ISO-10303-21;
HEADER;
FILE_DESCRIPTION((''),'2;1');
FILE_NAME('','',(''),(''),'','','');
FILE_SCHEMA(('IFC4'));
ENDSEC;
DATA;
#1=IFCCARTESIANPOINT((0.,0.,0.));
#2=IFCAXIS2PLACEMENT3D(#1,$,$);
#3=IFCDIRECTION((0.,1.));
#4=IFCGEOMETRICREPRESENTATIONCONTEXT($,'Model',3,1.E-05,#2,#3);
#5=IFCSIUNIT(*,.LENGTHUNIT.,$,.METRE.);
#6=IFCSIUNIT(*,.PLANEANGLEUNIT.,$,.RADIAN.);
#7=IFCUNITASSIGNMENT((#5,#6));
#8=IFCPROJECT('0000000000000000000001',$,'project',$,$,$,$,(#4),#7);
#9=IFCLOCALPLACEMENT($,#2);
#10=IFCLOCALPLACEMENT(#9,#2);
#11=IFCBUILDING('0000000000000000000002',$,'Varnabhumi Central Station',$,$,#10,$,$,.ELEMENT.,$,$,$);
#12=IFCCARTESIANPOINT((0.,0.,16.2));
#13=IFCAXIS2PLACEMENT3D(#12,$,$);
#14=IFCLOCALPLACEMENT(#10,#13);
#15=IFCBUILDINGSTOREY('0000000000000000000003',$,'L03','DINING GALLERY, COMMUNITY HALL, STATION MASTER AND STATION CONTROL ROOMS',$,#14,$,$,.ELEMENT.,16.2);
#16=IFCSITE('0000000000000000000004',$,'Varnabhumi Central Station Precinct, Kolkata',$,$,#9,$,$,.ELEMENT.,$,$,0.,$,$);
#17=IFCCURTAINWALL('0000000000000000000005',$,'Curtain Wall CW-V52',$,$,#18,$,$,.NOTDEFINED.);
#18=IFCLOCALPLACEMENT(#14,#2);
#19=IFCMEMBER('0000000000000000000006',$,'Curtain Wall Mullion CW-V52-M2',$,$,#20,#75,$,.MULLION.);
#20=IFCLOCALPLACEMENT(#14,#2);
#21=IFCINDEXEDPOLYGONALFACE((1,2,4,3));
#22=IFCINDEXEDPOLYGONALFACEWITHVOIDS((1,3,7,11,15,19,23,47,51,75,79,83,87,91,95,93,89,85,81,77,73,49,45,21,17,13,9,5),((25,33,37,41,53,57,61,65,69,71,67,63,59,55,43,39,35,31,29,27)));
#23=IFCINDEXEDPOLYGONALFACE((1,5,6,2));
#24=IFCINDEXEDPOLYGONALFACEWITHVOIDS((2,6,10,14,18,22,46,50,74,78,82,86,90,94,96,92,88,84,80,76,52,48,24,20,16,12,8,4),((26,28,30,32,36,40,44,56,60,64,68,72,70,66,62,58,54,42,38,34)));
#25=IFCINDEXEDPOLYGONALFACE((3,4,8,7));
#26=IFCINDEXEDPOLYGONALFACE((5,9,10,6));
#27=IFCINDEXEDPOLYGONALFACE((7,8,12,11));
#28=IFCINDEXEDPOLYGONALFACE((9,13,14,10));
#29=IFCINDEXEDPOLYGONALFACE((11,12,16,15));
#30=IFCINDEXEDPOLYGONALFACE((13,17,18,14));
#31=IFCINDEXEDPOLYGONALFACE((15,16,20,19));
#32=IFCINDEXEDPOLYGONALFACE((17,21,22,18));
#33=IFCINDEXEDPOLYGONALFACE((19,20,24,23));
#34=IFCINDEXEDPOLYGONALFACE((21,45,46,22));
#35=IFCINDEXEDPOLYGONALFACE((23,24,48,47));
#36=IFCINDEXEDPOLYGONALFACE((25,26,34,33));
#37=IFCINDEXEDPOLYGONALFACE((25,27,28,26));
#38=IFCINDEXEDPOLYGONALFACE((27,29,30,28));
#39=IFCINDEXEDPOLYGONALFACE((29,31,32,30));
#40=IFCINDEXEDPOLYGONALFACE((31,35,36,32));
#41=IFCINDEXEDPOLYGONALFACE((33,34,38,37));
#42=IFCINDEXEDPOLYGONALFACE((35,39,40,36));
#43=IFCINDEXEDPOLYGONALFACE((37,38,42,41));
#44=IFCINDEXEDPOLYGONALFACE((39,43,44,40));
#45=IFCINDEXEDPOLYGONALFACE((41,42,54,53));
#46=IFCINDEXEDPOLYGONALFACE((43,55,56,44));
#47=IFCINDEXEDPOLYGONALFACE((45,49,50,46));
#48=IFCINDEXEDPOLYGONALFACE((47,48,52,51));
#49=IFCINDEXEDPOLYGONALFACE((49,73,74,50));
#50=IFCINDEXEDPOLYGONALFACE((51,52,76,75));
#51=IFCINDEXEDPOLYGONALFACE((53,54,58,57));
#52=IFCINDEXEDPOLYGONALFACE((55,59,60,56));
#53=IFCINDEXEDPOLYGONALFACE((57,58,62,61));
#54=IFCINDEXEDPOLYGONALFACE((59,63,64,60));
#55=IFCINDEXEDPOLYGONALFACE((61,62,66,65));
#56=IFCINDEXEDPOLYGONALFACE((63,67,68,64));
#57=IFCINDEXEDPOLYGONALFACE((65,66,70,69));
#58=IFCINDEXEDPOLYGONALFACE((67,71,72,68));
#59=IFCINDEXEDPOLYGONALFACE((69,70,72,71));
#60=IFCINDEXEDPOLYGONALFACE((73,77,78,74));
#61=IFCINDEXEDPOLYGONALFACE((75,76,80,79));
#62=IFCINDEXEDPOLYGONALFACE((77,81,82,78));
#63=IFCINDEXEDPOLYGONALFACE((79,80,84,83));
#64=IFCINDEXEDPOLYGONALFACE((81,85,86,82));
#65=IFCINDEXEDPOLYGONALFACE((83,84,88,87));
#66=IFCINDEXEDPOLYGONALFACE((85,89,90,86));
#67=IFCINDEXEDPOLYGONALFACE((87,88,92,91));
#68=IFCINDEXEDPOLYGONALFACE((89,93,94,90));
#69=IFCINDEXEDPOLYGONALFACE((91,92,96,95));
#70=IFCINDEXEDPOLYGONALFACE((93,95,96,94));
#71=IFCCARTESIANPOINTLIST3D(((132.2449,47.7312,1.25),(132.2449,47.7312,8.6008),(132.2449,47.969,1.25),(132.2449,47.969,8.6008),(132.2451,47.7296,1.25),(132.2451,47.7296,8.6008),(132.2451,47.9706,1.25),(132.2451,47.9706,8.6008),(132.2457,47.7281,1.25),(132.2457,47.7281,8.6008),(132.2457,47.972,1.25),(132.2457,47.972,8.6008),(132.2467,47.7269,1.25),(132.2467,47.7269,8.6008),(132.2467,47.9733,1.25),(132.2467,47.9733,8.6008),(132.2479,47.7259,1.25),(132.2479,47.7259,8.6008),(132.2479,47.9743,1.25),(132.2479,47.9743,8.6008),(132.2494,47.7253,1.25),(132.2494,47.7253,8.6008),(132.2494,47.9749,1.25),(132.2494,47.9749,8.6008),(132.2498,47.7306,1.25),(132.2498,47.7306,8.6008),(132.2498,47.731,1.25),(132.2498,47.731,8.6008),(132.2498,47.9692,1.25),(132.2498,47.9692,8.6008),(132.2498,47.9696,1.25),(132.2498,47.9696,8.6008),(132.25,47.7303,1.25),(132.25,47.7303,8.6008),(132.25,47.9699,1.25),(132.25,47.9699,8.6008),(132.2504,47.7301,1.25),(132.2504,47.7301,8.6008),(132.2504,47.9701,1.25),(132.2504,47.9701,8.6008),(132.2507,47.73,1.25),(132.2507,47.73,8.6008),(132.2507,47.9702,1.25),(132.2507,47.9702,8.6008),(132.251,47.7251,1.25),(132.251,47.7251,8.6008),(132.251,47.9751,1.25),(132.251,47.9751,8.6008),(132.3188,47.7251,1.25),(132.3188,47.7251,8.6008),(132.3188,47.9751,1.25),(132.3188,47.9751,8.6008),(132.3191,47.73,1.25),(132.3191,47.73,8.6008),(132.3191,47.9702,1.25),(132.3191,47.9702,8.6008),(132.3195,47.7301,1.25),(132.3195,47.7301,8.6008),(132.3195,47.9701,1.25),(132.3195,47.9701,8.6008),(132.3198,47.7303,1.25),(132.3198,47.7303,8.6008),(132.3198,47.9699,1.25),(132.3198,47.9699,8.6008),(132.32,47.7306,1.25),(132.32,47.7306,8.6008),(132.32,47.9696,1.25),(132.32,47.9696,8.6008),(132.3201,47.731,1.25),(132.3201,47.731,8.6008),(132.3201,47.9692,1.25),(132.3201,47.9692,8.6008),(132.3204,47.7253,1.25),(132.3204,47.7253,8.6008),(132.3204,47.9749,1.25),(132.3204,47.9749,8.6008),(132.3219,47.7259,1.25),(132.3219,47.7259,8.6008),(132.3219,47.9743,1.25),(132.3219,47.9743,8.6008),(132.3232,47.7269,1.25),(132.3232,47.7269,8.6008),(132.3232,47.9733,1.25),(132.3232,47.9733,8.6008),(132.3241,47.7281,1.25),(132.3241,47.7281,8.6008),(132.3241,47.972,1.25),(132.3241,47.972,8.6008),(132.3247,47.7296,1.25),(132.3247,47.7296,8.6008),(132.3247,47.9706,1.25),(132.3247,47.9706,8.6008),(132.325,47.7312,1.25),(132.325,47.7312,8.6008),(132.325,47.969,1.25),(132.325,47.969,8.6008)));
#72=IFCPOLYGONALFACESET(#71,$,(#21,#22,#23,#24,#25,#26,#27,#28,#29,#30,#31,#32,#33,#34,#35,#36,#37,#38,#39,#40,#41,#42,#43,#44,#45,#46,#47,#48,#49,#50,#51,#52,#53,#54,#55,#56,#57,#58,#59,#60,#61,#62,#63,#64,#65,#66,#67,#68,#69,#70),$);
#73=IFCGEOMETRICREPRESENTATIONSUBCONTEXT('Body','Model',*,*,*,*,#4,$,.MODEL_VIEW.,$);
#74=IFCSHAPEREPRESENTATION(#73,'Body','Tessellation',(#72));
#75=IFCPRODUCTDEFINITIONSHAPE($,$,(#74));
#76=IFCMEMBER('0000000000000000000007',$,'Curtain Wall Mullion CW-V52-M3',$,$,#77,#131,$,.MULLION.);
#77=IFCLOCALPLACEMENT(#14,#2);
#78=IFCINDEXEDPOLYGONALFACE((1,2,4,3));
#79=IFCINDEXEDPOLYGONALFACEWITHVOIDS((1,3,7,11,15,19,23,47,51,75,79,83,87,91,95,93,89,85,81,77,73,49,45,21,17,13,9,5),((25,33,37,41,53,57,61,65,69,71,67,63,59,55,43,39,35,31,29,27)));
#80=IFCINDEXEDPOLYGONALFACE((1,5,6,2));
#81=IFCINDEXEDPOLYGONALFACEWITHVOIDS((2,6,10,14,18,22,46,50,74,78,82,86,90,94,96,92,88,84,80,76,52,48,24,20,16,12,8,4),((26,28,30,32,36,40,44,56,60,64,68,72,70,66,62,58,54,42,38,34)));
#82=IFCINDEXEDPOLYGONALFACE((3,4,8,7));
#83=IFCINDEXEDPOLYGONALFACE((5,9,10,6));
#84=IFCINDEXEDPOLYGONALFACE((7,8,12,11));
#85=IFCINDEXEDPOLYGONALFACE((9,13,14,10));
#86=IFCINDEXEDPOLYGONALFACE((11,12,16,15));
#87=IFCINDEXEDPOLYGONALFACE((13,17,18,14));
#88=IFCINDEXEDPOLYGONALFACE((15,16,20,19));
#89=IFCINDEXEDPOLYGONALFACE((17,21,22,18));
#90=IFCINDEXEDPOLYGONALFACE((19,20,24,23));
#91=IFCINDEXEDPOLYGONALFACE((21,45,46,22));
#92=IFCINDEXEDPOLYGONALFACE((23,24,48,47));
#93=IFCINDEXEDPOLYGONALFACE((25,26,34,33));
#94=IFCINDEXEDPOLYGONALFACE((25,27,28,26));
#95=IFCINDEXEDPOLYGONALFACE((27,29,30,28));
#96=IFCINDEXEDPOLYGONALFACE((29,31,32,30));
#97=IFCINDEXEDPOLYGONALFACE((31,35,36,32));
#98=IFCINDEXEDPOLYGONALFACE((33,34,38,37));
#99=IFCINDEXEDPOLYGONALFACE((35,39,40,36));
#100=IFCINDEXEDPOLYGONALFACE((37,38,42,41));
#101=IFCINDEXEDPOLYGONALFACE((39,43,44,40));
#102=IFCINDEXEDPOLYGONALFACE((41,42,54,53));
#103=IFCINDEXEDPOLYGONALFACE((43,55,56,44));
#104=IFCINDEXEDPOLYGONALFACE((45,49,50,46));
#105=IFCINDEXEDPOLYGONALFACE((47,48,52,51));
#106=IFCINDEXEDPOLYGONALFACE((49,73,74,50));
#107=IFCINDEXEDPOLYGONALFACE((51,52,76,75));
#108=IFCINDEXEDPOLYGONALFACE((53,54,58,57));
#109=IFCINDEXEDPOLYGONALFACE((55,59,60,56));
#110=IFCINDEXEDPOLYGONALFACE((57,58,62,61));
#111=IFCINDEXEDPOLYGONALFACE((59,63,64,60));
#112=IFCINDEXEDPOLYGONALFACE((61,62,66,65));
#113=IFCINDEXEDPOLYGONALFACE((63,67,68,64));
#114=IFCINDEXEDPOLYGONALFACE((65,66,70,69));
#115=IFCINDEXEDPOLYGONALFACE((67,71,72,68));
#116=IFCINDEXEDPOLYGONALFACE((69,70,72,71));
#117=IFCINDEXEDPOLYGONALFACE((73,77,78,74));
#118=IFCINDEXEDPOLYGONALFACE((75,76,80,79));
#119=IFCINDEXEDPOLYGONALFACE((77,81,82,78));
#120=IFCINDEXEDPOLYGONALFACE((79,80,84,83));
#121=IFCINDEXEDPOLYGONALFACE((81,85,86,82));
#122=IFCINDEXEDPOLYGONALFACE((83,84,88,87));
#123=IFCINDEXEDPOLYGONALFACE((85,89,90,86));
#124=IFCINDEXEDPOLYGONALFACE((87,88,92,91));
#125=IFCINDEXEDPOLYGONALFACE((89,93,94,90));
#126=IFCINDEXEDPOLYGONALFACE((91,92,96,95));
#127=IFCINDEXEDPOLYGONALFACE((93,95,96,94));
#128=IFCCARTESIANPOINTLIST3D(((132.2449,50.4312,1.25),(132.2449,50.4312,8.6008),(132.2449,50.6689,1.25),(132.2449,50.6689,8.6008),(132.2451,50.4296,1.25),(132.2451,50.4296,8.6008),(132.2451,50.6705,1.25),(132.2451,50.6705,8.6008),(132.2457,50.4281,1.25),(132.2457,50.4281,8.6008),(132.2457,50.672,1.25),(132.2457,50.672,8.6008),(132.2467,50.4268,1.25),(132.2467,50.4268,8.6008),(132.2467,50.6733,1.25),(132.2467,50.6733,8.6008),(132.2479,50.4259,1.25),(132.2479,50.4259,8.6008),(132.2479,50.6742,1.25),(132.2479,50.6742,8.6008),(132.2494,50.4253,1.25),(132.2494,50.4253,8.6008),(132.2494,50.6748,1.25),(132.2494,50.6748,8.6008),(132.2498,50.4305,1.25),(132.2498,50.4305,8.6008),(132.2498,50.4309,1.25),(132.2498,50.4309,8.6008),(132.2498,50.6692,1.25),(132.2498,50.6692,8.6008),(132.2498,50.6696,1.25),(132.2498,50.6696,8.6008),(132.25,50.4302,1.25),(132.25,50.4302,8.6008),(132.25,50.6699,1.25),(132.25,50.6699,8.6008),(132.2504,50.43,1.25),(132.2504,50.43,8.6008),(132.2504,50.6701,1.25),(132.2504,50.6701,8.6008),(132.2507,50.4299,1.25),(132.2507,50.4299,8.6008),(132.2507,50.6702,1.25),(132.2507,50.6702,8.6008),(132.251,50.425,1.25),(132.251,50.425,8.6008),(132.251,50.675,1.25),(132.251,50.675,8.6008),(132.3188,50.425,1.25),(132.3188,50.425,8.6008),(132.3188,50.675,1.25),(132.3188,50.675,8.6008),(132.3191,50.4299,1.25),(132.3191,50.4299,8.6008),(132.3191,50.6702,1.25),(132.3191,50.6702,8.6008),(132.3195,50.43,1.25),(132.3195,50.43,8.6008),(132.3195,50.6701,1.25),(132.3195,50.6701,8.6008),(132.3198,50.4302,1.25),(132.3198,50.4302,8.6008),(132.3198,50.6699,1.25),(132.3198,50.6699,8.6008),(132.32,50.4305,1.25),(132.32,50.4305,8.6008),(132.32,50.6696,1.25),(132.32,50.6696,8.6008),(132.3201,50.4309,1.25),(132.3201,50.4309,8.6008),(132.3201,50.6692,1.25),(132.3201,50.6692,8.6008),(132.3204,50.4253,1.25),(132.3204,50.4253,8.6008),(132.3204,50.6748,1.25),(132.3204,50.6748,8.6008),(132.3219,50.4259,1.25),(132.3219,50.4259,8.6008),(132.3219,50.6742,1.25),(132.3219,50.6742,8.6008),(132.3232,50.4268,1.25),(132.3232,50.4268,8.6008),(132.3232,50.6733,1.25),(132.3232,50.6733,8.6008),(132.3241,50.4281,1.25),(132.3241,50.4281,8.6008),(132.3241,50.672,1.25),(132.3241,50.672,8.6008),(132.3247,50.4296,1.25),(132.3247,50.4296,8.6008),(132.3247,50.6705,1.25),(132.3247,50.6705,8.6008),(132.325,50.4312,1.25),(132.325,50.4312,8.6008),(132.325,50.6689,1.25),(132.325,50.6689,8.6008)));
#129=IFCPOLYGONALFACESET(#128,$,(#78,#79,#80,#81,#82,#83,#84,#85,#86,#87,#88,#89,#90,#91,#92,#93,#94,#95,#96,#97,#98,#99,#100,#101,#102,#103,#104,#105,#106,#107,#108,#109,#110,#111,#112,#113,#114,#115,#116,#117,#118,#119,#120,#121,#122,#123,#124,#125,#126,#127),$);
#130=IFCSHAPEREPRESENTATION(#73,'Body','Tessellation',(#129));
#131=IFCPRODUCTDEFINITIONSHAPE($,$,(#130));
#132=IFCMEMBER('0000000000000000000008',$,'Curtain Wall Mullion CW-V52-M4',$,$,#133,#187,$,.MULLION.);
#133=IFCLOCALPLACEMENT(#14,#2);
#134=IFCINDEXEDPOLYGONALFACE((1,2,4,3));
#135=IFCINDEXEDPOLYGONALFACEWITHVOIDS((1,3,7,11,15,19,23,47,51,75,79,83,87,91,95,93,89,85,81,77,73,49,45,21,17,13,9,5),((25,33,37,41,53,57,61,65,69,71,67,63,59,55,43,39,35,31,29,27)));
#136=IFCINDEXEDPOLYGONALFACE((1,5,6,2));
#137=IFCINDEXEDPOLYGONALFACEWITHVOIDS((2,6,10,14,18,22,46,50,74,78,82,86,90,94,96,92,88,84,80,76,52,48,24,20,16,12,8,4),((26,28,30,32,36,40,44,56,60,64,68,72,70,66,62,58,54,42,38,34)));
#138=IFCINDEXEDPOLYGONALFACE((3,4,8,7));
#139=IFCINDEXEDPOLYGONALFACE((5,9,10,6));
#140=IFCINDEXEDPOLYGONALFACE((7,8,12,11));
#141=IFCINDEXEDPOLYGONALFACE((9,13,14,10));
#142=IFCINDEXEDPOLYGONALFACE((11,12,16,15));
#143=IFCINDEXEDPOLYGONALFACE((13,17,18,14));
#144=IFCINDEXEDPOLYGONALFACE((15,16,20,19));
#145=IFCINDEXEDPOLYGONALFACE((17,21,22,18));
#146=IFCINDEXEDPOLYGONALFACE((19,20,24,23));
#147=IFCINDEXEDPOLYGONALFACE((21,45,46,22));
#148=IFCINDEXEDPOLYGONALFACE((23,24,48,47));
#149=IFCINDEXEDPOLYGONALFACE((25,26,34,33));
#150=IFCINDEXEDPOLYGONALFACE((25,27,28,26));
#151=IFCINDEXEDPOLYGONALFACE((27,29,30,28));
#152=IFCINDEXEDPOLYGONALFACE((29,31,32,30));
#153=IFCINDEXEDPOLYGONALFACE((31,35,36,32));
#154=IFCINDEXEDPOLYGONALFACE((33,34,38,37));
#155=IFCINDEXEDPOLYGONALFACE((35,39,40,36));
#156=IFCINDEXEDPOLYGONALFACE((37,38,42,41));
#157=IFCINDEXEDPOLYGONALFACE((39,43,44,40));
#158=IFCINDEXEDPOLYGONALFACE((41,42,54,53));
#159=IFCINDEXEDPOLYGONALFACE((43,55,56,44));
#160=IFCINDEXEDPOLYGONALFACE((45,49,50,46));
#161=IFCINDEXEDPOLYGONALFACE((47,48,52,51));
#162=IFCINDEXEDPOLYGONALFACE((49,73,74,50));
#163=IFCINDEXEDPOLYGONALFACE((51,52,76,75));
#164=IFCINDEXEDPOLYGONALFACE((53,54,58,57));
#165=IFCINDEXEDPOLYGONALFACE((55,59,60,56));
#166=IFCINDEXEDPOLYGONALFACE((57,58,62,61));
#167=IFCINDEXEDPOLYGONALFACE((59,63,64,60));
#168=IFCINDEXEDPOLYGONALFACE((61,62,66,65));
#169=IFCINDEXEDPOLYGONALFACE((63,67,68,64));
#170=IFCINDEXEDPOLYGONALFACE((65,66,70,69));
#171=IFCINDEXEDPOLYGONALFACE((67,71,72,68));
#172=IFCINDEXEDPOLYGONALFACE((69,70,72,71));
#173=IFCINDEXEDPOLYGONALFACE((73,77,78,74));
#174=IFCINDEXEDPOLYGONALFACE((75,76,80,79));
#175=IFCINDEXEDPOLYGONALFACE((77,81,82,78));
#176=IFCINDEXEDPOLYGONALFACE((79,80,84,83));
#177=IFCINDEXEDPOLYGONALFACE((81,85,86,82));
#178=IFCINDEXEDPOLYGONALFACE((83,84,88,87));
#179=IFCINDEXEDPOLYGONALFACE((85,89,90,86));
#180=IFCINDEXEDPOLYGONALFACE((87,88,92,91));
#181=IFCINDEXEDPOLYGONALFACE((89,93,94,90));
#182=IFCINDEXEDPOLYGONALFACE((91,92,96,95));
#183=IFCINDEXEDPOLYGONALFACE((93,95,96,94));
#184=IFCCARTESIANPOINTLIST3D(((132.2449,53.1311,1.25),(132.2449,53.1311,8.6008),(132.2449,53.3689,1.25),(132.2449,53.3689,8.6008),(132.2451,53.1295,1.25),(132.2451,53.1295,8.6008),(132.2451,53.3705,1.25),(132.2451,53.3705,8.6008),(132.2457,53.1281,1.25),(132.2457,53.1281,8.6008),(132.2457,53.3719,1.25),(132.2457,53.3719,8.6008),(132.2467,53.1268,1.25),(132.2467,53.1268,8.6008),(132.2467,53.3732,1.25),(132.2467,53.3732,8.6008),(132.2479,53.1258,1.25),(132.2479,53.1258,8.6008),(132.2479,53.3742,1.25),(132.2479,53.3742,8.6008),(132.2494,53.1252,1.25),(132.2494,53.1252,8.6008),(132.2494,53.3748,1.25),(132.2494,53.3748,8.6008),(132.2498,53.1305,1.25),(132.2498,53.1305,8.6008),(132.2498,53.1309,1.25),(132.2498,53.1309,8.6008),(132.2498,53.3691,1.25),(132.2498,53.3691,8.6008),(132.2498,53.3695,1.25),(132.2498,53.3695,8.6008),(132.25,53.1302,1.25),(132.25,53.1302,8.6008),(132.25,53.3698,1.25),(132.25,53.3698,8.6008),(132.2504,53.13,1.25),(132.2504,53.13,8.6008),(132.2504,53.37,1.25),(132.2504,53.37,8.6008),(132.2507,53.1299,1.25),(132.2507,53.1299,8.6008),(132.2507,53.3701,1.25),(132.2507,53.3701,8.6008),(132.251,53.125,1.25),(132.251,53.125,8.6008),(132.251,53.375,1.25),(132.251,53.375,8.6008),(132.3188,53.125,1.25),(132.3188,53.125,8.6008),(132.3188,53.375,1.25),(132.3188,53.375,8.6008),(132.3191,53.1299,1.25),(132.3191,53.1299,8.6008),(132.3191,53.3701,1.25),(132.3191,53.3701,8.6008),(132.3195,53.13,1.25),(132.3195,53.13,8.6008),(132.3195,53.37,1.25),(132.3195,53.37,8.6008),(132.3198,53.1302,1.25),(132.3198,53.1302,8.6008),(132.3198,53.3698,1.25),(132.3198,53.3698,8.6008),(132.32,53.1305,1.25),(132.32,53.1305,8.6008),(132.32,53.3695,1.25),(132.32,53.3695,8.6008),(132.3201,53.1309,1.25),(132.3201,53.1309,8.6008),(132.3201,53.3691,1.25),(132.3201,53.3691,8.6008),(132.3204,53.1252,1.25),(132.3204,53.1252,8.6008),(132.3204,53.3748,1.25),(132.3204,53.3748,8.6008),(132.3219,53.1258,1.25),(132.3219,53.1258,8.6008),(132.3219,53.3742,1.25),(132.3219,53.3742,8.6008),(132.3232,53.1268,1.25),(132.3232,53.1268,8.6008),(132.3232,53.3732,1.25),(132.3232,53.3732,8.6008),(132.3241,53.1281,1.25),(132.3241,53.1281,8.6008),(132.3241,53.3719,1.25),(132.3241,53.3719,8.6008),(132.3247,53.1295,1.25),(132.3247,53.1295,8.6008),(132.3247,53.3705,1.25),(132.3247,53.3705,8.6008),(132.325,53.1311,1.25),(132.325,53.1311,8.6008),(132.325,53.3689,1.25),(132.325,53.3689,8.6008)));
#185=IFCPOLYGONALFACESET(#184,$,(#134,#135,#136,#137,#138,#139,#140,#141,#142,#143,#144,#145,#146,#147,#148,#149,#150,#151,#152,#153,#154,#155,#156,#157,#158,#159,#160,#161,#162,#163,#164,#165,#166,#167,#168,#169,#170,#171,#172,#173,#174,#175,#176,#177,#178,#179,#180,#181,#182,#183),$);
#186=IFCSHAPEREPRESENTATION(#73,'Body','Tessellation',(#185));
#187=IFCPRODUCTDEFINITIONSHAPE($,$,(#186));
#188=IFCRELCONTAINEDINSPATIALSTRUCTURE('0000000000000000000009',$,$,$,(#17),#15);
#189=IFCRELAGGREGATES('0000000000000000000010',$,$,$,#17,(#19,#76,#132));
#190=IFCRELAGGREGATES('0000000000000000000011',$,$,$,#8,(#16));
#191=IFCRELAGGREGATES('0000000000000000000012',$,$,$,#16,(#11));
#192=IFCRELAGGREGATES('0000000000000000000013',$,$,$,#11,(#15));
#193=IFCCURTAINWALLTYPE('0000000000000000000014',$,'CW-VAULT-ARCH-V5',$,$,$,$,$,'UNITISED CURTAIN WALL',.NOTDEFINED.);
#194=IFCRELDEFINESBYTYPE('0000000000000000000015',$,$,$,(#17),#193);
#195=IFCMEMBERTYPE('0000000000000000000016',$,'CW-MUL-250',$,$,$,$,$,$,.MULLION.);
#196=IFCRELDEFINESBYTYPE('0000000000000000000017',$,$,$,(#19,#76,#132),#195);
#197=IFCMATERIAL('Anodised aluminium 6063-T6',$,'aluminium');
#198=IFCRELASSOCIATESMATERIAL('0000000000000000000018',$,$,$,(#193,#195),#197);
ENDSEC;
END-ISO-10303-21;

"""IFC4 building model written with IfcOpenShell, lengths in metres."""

from ifc_helpers import new_model, si_unit, direction, frame, origin, origin_2d, place, context, subcontext, project, spatial, hollow_rectangle, extrude, material, material_profile, profile_set, type_object, element, aggregate, save


model = new_model("IFC4")

# Units and contexts
model_context = context("Model", 3, precision=1e-05, world=origin(), true_north=direction((0.0, 1.0)))
body_context = subcontext(model_context, "Body", "Model", "MODEL_VIEW")
ifc_project = project(units=[si_unit("LENGTHUNIT", "METRE"), si_unit("PLANEANGLEUNIT", "RADIAN")], contexts=[model_context])

# Site, building, storey
site_placement = place(None, origin())
site = spatial("IfcSite", under=ifc_project, at=site_placement, Name="Varnabhumi Central Station Precinct, Kolkata", CompositionType="ELEMENT", RefElevation=0.0)
building_placement = place(site_placement, origin())
building = spatial("IfcBuilding", under=site, at=building_placement, Name="Varnabhumi Central Station", CompositionType="ELEMENT")
storey_placement = place(building_placement, frame((0.0, 0.0, 16.2)))
storey = spatial("IfcBuildingStorey", under=building, at=storey_placement, Name="L03", Description="DINING GALLERY, COMMUNITY HALL, STATION MASTER AND STATION CONTROL ROOMS", CompositionType="ELEMENT", Elevation=16.2)

# Curtain wall, members
ifc_material_1 = material(Name="Anodised aluminium 6063-T6", Category="aluminium")
curtain_wall_type = type_object("IfcCurtainWallType", Name="CW-VAULT-ARCH-V5", ElementType="UNITISED CURTAIN WALL", PredefinedType="NOTDEFINED", material=ifc_material_1)
curtain_wall_1_placement = place(storey_placement, origin())
curtain_wall_1 = element("IfcCurtainWall", 1, at=curtain_wall_1_placement, inside=storey, type_object=curtain_wall_type, Name="Curtain Wall CW-V52", PredefinedType="NOTDEFINED")
ifc_material_profile_1 = material_profile(ifc_material_1, hollow_rectangle(XDim=0.0801, YDim=0.25, WallThickness=0.0049, InnerFilletRadius=0.001, OuterFilletRadius=0.0061, at=origin_2d()), Name="Anodised aluminium 6063-T6", Category="aluminium")
ifc_profile_set_1 = profile_set([ifc_material_profile_1], Name="Anodised aluminium 6063-T6")
member_type_1 = type_object("IfcMemberType", Name="CW-MUL-250", PredefinedType="MULLION", material=ifc_profile_set_1)
member_1_placement = place(storey_placement, frame((132.2849, 47.8501, 1.25), z_axis=(0.0, 0.0, 1.0), x_axis=(1.0, 0.0, 0.0)))
member_1 = element("IfcMember", 2, at=member_1_placement, type_object=member_type_1, Name="Curtain Wall Mullion CW-V52-M2", PredefinedType="MULLION", context=body_context, shape_type="SweptSolid", body=[
    extrude(hollow_rectangle(XDim=0.0801, YDim=0.25, WallThickness=0.0049, InnerFilletRadius=0.001, OuterFilletRadius=0.0061, at=origin_2d()), origin(), (0.0, 0.0, 1.0), 7.3508),
])
member_2_placement = place(storey_placement, frame((132.2849, 50.55, 1.25), z_axis=(0.0, 0.0, 1.0), x_axis=(1.0, 0.0, 0.0)))
member_2 = element("IfcMember", 3, at=member_2_placement, type_object=member_type_1, Name="Curtain Wall Mullion CW-V52-M3", PredefinedType="MULLION", context=body_context, shape_type="SweptSolid", body=[
    extrude(hollow_rectangle(XDim=0.0801, YDim=0.25, WallThickness=0.0049, InnerFilletRadius=0.001, OuterFilletRadius=0.0061, at=origin_2d()), origin(), (0.0, 0.0, 1.0), 7.3508),
])
member_3_placement = place(storey_placement, frame((132.2849, 53.25, 1.25), z_axis=(0.0, 0.0, 1.0), x_axis=(1.0, 0.0, 0.0)))
member_3 = element("IfcMember", 4, at=member_3_placement, type_object=member_type_1, Name="Curtain Wall Mullion CW-V52-M4", PredefinedType="MULLION", context=body_context, shape_type="SweptSolid", body=[
    extrude(hollow_rectangle(XDim=0.0801, YDim=0.25, WallThickness=0.0049, InnerFilletRadius=0.001, OuterFilletRadius=0.0061, at=origin_2d()), origin(), (0.0, 0.0, 1.0), 7.3508),
])

aggregate(curtain_wall_1, [member_1, member_2, member_3])

save(model, "model.ifc")
